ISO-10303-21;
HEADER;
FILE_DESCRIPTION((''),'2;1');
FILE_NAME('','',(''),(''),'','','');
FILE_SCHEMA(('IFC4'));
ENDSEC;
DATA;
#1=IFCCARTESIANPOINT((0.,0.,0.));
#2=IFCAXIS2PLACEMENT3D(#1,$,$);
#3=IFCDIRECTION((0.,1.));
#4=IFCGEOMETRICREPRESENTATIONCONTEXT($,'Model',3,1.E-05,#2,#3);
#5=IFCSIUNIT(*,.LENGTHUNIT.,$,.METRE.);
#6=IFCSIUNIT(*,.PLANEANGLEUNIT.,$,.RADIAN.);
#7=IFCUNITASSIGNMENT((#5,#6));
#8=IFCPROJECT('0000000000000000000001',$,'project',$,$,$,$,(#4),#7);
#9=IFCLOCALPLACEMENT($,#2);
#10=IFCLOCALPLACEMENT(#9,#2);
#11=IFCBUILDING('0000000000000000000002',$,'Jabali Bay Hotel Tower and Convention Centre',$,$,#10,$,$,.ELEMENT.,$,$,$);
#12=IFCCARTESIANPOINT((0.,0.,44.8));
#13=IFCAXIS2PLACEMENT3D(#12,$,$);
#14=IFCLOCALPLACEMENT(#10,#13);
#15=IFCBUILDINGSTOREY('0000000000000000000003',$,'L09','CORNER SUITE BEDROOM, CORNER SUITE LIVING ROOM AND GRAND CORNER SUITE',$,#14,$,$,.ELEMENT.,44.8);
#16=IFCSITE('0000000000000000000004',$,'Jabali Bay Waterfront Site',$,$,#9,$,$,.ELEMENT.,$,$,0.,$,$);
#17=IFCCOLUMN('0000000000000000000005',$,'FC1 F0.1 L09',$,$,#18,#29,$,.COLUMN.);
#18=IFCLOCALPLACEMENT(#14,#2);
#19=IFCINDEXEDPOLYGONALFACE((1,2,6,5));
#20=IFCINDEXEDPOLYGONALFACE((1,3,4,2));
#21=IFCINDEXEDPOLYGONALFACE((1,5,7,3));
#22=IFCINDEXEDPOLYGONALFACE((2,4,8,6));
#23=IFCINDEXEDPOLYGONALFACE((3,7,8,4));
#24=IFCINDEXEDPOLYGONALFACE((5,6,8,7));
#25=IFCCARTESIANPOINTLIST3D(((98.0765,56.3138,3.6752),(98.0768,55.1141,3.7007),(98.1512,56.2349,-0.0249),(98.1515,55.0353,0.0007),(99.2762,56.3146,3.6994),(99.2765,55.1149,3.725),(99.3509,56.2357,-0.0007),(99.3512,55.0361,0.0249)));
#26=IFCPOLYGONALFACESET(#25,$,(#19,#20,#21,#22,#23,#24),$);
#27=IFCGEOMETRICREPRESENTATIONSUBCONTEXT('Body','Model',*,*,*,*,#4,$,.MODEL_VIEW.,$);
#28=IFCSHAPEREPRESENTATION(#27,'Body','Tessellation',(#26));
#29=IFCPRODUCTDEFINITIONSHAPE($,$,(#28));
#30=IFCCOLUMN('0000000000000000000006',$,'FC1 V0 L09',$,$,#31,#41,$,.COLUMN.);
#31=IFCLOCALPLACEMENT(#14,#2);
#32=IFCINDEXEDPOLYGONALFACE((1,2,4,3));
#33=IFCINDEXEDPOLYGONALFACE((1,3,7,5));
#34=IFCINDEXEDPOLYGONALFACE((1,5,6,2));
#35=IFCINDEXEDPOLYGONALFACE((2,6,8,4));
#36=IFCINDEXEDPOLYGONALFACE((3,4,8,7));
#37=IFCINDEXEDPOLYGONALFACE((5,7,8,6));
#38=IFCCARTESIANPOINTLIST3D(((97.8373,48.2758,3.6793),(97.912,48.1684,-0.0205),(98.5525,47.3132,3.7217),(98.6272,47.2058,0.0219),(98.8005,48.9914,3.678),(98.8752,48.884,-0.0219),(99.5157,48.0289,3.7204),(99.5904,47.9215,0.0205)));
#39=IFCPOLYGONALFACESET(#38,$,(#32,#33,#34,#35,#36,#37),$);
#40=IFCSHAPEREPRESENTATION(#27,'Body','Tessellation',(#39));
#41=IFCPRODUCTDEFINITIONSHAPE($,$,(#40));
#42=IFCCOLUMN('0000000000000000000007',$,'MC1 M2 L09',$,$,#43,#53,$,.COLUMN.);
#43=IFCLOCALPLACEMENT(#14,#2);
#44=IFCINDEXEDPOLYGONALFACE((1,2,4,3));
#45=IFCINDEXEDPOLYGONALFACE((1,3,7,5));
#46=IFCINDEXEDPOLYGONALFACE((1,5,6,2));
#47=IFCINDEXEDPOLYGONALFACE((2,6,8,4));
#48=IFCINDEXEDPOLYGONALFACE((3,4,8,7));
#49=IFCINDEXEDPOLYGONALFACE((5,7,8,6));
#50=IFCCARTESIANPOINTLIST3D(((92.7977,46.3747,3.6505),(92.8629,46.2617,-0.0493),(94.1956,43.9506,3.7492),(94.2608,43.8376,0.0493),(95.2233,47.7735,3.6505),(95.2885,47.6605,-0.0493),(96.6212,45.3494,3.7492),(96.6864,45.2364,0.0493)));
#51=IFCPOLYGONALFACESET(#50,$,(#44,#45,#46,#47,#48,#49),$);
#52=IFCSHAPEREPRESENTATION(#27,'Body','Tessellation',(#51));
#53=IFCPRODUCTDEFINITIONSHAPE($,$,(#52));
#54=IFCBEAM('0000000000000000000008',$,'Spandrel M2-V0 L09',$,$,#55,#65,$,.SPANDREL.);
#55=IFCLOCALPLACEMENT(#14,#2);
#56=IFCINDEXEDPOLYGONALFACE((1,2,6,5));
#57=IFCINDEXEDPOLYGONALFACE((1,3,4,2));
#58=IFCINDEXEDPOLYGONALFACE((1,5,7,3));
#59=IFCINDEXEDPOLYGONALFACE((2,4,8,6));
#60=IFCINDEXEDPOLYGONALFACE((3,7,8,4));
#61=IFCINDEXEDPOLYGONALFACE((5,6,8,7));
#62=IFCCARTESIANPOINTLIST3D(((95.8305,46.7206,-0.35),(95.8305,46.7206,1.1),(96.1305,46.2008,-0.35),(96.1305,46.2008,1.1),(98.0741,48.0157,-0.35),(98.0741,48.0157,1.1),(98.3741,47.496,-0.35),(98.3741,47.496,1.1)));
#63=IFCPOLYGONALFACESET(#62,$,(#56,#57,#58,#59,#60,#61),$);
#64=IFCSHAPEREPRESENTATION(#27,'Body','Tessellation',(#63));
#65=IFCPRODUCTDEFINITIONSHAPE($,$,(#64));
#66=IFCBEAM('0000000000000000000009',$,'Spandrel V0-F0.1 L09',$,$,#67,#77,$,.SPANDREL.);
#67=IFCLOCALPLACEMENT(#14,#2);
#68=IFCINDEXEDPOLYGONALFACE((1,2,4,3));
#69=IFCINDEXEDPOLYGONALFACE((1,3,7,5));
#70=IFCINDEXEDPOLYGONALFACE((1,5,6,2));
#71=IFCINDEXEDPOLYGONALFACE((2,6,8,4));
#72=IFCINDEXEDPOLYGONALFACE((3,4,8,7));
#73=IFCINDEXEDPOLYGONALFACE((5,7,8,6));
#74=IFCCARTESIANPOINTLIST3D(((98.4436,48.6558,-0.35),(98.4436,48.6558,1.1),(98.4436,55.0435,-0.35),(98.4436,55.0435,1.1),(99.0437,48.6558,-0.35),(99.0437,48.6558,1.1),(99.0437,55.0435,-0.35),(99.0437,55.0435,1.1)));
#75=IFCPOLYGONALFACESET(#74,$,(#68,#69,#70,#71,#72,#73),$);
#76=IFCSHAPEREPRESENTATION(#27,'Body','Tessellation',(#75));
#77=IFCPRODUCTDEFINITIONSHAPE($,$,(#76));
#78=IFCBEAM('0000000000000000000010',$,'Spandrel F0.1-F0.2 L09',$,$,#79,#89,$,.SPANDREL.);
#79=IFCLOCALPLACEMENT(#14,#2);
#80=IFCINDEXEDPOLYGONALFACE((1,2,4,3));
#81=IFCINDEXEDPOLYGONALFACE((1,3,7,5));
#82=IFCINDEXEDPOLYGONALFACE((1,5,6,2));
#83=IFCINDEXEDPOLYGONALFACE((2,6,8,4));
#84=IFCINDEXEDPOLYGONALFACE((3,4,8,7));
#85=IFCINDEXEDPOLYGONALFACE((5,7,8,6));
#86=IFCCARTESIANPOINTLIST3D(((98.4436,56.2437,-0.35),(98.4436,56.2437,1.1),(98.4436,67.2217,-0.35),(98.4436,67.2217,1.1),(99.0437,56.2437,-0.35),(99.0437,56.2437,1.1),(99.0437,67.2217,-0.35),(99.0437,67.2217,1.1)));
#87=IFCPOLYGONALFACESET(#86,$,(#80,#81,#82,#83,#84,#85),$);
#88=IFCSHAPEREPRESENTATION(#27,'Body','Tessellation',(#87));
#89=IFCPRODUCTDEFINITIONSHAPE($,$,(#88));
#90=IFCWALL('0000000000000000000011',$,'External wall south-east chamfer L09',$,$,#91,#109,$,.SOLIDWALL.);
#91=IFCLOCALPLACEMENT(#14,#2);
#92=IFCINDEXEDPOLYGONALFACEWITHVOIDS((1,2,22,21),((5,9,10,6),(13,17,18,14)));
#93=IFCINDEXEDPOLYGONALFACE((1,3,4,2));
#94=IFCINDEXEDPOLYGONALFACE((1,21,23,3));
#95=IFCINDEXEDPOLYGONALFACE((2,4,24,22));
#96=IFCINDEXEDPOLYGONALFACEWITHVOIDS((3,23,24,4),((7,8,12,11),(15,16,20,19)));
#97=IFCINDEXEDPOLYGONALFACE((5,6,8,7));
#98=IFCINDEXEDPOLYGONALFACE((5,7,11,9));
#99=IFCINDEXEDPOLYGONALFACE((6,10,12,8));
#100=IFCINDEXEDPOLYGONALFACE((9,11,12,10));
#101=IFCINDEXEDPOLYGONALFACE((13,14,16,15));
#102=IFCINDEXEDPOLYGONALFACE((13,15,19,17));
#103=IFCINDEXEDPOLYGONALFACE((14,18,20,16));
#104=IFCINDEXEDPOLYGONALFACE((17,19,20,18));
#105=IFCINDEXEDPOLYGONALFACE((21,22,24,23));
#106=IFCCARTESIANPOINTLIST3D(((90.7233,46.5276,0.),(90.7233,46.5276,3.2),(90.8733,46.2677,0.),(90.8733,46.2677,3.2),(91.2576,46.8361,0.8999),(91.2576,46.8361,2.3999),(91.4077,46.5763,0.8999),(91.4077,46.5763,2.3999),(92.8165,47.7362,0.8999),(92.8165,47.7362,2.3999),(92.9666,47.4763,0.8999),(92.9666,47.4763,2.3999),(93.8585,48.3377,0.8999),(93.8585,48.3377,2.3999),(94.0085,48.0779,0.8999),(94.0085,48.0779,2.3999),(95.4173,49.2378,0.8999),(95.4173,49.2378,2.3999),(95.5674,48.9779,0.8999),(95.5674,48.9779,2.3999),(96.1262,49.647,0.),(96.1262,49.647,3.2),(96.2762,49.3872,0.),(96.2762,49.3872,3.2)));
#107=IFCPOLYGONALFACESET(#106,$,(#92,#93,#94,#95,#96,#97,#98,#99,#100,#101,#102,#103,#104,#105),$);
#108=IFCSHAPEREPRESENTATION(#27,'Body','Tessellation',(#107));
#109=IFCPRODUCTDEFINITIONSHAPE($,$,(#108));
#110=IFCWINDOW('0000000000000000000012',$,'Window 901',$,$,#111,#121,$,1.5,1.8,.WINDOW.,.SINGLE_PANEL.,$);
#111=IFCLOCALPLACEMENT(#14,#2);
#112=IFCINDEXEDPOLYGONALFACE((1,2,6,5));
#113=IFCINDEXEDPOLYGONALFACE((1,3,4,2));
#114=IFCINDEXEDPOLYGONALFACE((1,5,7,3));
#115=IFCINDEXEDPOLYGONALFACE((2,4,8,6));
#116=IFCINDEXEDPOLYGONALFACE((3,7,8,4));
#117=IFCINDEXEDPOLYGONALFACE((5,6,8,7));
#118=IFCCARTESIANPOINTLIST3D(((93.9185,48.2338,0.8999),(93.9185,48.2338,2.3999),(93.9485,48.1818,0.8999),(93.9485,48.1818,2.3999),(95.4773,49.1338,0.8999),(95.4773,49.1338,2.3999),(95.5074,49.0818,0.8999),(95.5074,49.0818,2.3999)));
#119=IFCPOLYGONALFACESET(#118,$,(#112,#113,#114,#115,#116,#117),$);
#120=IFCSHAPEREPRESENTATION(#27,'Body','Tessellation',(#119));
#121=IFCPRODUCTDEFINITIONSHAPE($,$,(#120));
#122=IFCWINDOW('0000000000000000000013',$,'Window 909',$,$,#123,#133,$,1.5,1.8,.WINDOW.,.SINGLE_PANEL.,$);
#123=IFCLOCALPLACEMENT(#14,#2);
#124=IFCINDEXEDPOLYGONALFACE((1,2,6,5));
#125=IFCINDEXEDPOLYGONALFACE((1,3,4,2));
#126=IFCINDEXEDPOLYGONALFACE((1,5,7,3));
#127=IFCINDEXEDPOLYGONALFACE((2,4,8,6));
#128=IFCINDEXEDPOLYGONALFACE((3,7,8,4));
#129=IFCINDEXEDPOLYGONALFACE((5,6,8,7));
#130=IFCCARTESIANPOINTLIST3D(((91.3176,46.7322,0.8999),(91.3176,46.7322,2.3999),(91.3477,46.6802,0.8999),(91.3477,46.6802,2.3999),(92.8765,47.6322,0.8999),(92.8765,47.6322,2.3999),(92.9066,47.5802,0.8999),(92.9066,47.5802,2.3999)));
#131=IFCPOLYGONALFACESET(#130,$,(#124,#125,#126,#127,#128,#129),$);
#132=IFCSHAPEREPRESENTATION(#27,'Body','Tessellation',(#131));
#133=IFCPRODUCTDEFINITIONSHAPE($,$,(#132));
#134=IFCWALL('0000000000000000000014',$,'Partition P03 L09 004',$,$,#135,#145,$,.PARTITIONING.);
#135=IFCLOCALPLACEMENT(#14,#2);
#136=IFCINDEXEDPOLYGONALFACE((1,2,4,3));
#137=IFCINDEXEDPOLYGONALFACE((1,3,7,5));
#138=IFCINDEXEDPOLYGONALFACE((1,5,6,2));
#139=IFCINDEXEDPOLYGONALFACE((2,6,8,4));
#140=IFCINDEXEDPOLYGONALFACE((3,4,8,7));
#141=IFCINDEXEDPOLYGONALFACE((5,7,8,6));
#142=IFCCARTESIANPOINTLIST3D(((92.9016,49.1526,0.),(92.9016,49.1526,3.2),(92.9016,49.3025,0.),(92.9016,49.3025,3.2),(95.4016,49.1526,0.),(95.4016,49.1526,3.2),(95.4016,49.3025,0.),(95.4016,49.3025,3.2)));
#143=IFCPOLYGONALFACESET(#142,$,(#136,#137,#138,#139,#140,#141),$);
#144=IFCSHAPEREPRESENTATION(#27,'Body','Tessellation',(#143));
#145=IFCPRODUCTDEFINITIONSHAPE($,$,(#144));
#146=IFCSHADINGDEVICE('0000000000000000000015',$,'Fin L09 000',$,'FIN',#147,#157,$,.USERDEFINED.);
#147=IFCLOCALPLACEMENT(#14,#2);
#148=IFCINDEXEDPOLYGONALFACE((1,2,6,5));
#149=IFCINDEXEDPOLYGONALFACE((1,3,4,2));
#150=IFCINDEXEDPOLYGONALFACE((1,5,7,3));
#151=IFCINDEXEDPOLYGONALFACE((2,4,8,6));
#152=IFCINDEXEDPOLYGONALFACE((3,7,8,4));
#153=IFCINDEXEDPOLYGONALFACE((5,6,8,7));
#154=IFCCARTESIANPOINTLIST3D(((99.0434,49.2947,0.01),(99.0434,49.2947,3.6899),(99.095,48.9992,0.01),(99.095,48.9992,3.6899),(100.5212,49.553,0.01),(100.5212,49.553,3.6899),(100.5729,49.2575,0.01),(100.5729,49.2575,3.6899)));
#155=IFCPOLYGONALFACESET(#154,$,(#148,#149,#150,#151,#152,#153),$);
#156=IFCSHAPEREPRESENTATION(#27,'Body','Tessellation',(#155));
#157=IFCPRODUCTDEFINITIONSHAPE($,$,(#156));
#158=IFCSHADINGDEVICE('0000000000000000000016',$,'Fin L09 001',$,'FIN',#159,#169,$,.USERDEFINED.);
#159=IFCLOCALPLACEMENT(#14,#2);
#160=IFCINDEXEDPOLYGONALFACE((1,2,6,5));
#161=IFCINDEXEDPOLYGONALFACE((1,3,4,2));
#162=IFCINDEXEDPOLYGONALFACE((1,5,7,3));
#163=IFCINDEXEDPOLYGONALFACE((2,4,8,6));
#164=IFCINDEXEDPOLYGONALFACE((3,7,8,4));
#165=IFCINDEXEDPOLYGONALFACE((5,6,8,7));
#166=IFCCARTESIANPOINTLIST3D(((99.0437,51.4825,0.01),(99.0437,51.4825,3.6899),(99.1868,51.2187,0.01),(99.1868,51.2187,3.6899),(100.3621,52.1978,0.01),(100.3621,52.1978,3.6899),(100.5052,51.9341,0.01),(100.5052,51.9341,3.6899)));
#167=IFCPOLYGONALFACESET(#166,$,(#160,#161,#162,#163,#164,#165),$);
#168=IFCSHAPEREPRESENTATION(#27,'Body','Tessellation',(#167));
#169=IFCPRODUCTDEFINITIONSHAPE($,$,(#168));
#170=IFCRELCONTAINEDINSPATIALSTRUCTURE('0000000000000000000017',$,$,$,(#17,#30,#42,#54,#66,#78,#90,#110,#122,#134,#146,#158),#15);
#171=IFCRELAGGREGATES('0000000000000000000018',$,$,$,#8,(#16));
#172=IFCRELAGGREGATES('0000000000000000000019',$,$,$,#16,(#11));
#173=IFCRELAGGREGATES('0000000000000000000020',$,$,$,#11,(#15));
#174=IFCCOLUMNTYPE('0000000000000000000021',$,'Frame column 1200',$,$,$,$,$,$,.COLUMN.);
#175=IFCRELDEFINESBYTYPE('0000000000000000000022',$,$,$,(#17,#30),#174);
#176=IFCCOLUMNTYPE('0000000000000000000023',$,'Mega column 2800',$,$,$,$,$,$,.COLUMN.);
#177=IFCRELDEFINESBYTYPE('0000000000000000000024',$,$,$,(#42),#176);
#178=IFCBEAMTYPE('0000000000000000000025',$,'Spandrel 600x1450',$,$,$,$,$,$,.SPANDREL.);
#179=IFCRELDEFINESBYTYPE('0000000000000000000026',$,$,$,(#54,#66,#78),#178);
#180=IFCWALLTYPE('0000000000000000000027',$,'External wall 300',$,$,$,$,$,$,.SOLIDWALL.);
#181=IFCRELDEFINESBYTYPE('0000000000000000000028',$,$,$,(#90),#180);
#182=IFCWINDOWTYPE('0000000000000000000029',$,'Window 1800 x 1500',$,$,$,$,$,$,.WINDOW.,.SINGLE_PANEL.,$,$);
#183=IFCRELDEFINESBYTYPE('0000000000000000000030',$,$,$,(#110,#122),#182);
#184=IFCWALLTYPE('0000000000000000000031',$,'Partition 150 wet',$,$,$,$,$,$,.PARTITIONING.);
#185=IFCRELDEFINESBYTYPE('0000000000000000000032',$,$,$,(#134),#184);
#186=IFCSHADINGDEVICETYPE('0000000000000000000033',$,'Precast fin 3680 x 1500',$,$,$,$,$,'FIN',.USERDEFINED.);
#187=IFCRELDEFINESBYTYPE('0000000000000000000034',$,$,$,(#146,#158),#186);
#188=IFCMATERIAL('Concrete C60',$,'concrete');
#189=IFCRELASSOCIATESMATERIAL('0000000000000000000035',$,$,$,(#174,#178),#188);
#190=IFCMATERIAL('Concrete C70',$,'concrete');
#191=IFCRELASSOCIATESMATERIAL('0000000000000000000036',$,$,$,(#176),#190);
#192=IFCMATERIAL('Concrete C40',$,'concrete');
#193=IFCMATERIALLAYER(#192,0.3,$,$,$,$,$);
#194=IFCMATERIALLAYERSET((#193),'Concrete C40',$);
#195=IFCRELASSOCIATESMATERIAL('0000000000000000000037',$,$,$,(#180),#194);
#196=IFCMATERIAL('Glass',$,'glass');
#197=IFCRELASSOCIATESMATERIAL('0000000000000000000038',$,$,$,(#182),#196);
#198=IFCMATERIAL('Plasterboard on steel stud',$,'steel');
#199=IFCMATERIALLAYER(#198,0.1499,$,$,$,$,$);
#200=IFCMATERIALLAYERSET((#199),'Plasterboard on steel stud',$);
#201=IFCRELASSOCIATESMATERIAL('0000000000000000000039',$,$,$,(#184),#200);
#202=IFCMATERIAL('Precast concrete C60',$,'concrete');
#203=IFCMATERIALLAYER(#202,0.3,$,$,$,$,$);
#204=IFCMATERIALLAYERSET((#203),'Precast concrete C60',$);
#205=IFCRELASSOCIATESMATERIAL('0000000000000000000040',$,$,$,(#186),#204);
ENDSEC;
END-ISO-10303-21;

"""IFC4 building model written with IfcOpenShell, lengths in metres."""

from ifc_helpers import new_model, si_unit, direction, frame, frame_2d, origin, origin_2d, place, context, subcontext, project, spatial, rectangle, extrude, material, layer, layer_set, material_profile, profile_set, type_object, element, fill, save


model = new_model("IFC4")

# Units and contexts
model_context = context("Model", 3, precision=1e-05, world=origin(), true_north=direction((0.0, 1.0)))
body_context = subcontext(model_context, "Body", "Model", "MODEL_VIEW")
ifc_project = project(units=[si_unit("LENGTHUNIT", "METRE"), si_unit("PLANEANGLEUNIT", "RADIAN")], contexts=[model_context])

# Site, building, storey
site_placement = place(None, origin())
site = spatial("IfcSite", under=ifc_project, at=site_placement, Name="Jabali Bay Waterfront Site", CompositionType="ELEMENT", RefElevation=0.0)
building_placement = place(site_placement, origin())
building = spatial("IfcBuilding", under=site, at=building_placement, Name="Jabali Bay Hotel Tower and Convention Centre", CompositionType="ELEMENT")
storey_placement = place(building_placement, frame((0.0, 0.0, 44.8)))
storey = spatial("IfcBuildingStorey", under=building, at=storey_placement, Name="L09", Description="CORNER SUITE BEDROOM, CORNER SUITE LIVING ROOM AND GRAND CORNER SUITE", CompositionType="ELEMENT", Elevation=44.8)

# Columns
ifc_material_1 = material(Name="Concrete C60", Category="concrete")
ifc_material_profile_1 = material_profile(ifc_material_1, rectangle(XDim=1.2, YDim=1.2, at=origin_2d()), Name="Frame column 1200")
ifc_profile_set_1 = profile_set([ifc_material_profile_1], Name="Concrete C60")
column_type_1 = type_object("IfcColumnType", Name="Frame column 1200", PredefinedType="COLUMN", material=ifc_profile_set_1)
column_1_placement = place(storey_placement, frame((98.7512, 55.6355, 0.0), z_axis=(-0.020183, 0.021304, 0.999569), x_axis=(0.000228, -0.999773, 0.021313)))
element("IfcColumn", 1, at=column_1_placement, inside=storey, type_object=column_type_1, Name="FC1 F0.1 L09", PredefinedType="COLUMN", context=body_context, shape_type="SweptSolid", body=[
    extrude(rectangle(XDim=1.2, YDim=1.2, at=origin_2d()), origin(), (0.0, 0.0, 1.0), 3.7017),
])
column_2_placement = place(storey_placement, frame((98.7512, 48.0449, 0.0), z_axis=(-0.020179, 0.029015, 0.999375), x_axis=(-0.802691, -0.596394, 0.001108)))
element("IfcColumn", 2, at=column_2_placement, inside=storey, type_object=column_type_1, Name="FC1 V0 L09", PredefinedType="COLUMN", context=body_context, shape_type="SweptSolid", body=[
    extrude(rectangle(XDim=1.2, YDim=1.2, at=origin_2d()), origin(), (0.0, 0.0, 1.0), 3.7021),
])
ifc_material_2 = material(Name="Concrete C70", Category="concrete")
ifc_material_profile_2 = material_profile(ifc_material_2, rectangle(XDim=2.8, YDim=2.8, at=origin_2d()), Name="Mega column 2800")
ifc_profile_set_2 = profile_set([ifc_material_profile_2], Name="Concrete C70")
column_type_2 = type_object("IfcColumnType", Name="Mega column 2800", PredefinedType="COLUMN", material=ifc_profile_set_2)
column_3_placement = place(storey_placement, frame((94.7747, 45.749, 0.0), z_axis=(-0.017607, 0.030532, 0.999379), x_axis=(0.49925, -0.865741, 0.035245)))
element("IfcColumn", 3, at=column_3_placement, inside=storey, type_object=column_type_2, Name="MC1 M2 L09", PredefinedType="COLUMN", context=body_context, shape_type="SweptSolid", body=[
    extrude(rectangle(XDim=2.8, YDim=2.8, at=origin_2d()), origin(), (0.0, 0.0, 1.0), 3.7021),
])

# Beams
ifc_material_profile_3 = material_profile(ifc_material_1, rectangle(XDim=0.6001, YDim=1.45, at=origin_2d()), Name="Spandrel 600x1450")
ifc_profile_set_3 = profile_set([ifc_material_profile_3], Name="Concrete C60")
beam_type = type_object("IfcBeamType", Name="Spandrel 600x1450", PredefinedType="SPANDREL", material=ifc_profile_set_3)
beam_1_placement = place(storey_placement, frame((95.9805, 46.4607, 0.375), z_axis=(0.86606, 0.49994, 0.0), x_axis=(-0.49994, 0.86606, 0.0)))
element("IfcBeam", 4, at=beam_1_placement, inside=storey, type_object=beam_type, Name="Spandrel M2-V0 L09", PredefinedType="SPANDREL", context=body_context, shape_type="SweptSolid", body=[
    extrude(rectangle(XDim=0.6001, YDim=1.45, at=origin_2d()), origin(), (0.0, 0.0, 1.0), 2.5906),
])
beam_2_placement = place(storey_placement, frame((98.7437, 48.6558, 0.375), z_axis=(0.0, 1.0, 0.0), x_axis=(-1.0, 0.0, 0.0)))
element("IfcBeam", 5, at=beam_2_placement, inside=storey, type_object=beam_type, Name="Spandrel V0-F0.1 L09", PredefinedType="SPANDREL", context=body_context, shape_type="SweptSolid", body=[
    extrude(rectangle(XDim=0.6001, YDim=1.45, at=origin_2d()), origin(), (0.0, 0.0, 1.0), 6.3877),
])
beam_3_placement = place(storey_placement, frame((98.7437, 56.2437, 0.375), z_axis=(0.0, 1.0, 0.0), x_axis=(-1.0, 0.0, 0.0)))
element("IfcBeam", 6, at=beam_3_placement, inside=storey, type_object=beam_type, Name="Spandrel F0.1-F0.2 L09", PredefinedType="SPANDREL", context=body_context, shape_type="SweptSolid", body=[
    extrude(rectangle(XDim=0.6001, YDim=1.45, at=origin_2d()), origin(), (0.0, 0.0, 1.0), 10.978),
])

# Wall, openings, windows
ifc_material_3 = material(Name="Concrete C40", Category="concrete")
ifc_layer_1 = layer(ifc_material_3, 0.3)
ifc_layer_set_1 = layer_set([ifc_layer_1], Name="Concrete C40")
wall_type_1 = type_object("IfcWallType", Name="External wall 300", PredefinedType="SOLIDWALL", material=ifc_layer_set_1)
wall_1_placement = place(storey_placement, frame((96.2012, 49.5171, 0.0), z_axis=(0.0, 0.0, 1.0), x_axis=(-0.866021, -0.500007, 0.0)))
wall_1 = element("IfcWall", 7, at=wall_1_placement, inside=storey, type_object=wall_type_1, Name="External wall south-east chamfer L09", PredefinedType="SOLIDWALL", context=body_context, shape_type="SweptSolid", body=[
    extrude(rectangle(XDim=6.2388, YDim=0.3, at=frame_2d((3.1194, 0.0))), origin(), (0.0, 0.0, 1.0), 3.2),
])
opening_1_placement = place(wall_1_placement, frame((0.8186, 0.0, 0.8999)))
opening_1 = element("IfcOpeningElement", 8, at=opening_1_placement, cuts=wall_1, PredefinedType="OPENING", context=body_context, shape_type="SweptSolid", body=[
    extrude(rectangle(XDim=1.8, YDim=1.5, at=frame_2d((0.8999, 0.75))), frame((0.0, 0.1606, 0.0), z_axis=(0.0, -1.0, 0.0), x_axis=(1.0, 0.0, 0.0)), (0.0, 0.0, 1.0), 0.321),
])
opening_2_placement = place(wall_1_placement, frame((3.8218, 0.0, 0.8999)))
opening_2 = element("IfcOpeningElement", 9, at=opening_2_placement, cuts=wall_1, PredefinedType="OPENING", context=body_context, shape_type="SweptSolid", body=[
    extrude(rectangle(XDim=1.8, YDim=1.5, at=frame_2d((0.8999, 0.75))), frame((0.0, 0.1606, 0.0), z_axis=(0.0, -1.0, 0.0), x_axis=(1.0, 0.0, 0.0)), (0.0, 0.0, 1.0), 0.321),
])
ifc_material_4 = material(Name="Glass", Category="glass")
window_type = type_object("IfcWindowType", Name="Window 1800 x 1500", PartitioningType="SINGLE_PANEL", PredefinedType="WINDOW", material=ifc_material_4)
window_1_placement = place(opening_1_placement, origin())
window_1 = element("IfcWindow", 10, at=window_1_placement, inside=storey, type_object=window_type, Name="Window 901", OverallHeight=1.5, OverallWidth=1.8, PartitioningType="SINGLE_PANEL", PredefinedType="WINDOW", context=body_context, shape_type="SweptSolid", body=[
    extrude(rectangle(XDim=1.8, YDim=1.5, at=frame_2d((0.8999, 0.75))), frame((0.0, 0.03, 0.0), z_axis=(0.0, -1.0, 0.0), x_axis=(1.0, 0.0, 0.0)), (0.0, 0.0, 1.0), 0.0601),
])
fill(opening_1, window_1)
window_2_placement = place(opening_2_placement, origin())
window_2 = element("IfcWindow", 11, at=window_2_placement, inside=storey, type_object=window_type, Name="Window 909", OverallHeight=1.5, OverallWidth=1.8, PartitioningType="SINGLE_PANEL", PredefinedType="WINDOW", context=body_context, shape_type="SweptSolid", body=[
    extrude(rectangle(XDim=1.8, YDim=1.5, at=frame_2d((0.8999, 0.75))), frame((0.0, 0.03, 0.0), z_axis=(0.0, -1.0, 0.0), x_axis=(1.0, 0.0, 0.0)), (0.0, 0.0, 1.0), 0.0601),
])
fill(opening_2, window_2)

# Wall
ifc_material_5 = material(Name="Plasterboard on steel stud", Category="steel")
ifc_layer_2 = layer(ifc_material_5, 0.1499)
ifc_layer_set_2 = layer_set([ifc_layer_2], Name="Plasterboard on steel stud")
wall_type_2 = type_object("IfcWallType", Name="Partition 150 wet", PredefinedType="PARTITIONING", material=ifc_layer_set_2)
wall_2_placement = place(storey_placement, frame((95.4016, 49.2275, 0.0), z_axis=(0.0, 0.0, 1.0), x_axis=(-1.0, 0.0, 0.0)))
element("IfcWall", 12, at=wall_2_placement, inside=storey, type_object=wall_type_2, Name="Partition P03 L09 004", PredefinedType="PARTITIONING", context=body_context, shape_type="SweptSolid", body=[
    extrude(rectangle(XDim=2.5, YDim=0.1499, at=frame_2d((1.25, 0.0))), origin(), (0.0, 0.0, 1.0), 3.2),
])

# Shading devices
ifc_material_6 = material(Name="Precast concrete C60", Category="concrete")
ifc_layer_3 = layer(ifc_material_6, 0.3)
ifc_layer_set_3 = layer_set([ifc_layer_3], Name="Precast concrete C60")
shading_device_type = type_object("IfcShadingDeviceType", Name="Precast fin 3680 x 1500", ElementType="FIN", PredefinedType="USERDEFINED", material=ifc_layer_set_3)
shading_device_1_placement = place(storey_placement, frame((99.0693, 49.147, 0.01), z_axis=(0.0, 0.0, 1.0), x_axis=(0.985066, 0.172179, 0.0)))
element("IfcShadingDevice", 13, at=shading_device_1_placement, inside=storey, type_object=shading_device_type, Name="Fin L09 000", ObjectType="FIN", PredefinedType="USERDEFINED", context=body_context, shape_type="SweptSolid", body=[
    extrude(rectangle(XDim=1.5002, YDim=0.3, at=frame_2d((0.75, 0.0))), origin(), (0.0, 0.0, 1.0), 3.6799),
])
shading_device_2_placement = place(storey_placement, frame((99.1152, 51.3506, 0.01), z_axis=(0.0, 0.0, 1.0), x_axis=(0.878951, 0.476912, 0.0)))
element("IfcShadingDevice", 14, at=shading_device_2_placement, inside=storey, type_object=shading_device_type, Name="Fin L09 001", ObjectType="FIN", PredefinedType="USERDEFINED", context=body_context, shape_type="SweptSolid", body=[
    extrude(rectangle(XDim=1.5, YDim=0.3, at=frame_2d((0.75, 0.0))), origin(), (0.0, 0.0, 1.0), 3.6799),
])

save(model, "model.ifc")
